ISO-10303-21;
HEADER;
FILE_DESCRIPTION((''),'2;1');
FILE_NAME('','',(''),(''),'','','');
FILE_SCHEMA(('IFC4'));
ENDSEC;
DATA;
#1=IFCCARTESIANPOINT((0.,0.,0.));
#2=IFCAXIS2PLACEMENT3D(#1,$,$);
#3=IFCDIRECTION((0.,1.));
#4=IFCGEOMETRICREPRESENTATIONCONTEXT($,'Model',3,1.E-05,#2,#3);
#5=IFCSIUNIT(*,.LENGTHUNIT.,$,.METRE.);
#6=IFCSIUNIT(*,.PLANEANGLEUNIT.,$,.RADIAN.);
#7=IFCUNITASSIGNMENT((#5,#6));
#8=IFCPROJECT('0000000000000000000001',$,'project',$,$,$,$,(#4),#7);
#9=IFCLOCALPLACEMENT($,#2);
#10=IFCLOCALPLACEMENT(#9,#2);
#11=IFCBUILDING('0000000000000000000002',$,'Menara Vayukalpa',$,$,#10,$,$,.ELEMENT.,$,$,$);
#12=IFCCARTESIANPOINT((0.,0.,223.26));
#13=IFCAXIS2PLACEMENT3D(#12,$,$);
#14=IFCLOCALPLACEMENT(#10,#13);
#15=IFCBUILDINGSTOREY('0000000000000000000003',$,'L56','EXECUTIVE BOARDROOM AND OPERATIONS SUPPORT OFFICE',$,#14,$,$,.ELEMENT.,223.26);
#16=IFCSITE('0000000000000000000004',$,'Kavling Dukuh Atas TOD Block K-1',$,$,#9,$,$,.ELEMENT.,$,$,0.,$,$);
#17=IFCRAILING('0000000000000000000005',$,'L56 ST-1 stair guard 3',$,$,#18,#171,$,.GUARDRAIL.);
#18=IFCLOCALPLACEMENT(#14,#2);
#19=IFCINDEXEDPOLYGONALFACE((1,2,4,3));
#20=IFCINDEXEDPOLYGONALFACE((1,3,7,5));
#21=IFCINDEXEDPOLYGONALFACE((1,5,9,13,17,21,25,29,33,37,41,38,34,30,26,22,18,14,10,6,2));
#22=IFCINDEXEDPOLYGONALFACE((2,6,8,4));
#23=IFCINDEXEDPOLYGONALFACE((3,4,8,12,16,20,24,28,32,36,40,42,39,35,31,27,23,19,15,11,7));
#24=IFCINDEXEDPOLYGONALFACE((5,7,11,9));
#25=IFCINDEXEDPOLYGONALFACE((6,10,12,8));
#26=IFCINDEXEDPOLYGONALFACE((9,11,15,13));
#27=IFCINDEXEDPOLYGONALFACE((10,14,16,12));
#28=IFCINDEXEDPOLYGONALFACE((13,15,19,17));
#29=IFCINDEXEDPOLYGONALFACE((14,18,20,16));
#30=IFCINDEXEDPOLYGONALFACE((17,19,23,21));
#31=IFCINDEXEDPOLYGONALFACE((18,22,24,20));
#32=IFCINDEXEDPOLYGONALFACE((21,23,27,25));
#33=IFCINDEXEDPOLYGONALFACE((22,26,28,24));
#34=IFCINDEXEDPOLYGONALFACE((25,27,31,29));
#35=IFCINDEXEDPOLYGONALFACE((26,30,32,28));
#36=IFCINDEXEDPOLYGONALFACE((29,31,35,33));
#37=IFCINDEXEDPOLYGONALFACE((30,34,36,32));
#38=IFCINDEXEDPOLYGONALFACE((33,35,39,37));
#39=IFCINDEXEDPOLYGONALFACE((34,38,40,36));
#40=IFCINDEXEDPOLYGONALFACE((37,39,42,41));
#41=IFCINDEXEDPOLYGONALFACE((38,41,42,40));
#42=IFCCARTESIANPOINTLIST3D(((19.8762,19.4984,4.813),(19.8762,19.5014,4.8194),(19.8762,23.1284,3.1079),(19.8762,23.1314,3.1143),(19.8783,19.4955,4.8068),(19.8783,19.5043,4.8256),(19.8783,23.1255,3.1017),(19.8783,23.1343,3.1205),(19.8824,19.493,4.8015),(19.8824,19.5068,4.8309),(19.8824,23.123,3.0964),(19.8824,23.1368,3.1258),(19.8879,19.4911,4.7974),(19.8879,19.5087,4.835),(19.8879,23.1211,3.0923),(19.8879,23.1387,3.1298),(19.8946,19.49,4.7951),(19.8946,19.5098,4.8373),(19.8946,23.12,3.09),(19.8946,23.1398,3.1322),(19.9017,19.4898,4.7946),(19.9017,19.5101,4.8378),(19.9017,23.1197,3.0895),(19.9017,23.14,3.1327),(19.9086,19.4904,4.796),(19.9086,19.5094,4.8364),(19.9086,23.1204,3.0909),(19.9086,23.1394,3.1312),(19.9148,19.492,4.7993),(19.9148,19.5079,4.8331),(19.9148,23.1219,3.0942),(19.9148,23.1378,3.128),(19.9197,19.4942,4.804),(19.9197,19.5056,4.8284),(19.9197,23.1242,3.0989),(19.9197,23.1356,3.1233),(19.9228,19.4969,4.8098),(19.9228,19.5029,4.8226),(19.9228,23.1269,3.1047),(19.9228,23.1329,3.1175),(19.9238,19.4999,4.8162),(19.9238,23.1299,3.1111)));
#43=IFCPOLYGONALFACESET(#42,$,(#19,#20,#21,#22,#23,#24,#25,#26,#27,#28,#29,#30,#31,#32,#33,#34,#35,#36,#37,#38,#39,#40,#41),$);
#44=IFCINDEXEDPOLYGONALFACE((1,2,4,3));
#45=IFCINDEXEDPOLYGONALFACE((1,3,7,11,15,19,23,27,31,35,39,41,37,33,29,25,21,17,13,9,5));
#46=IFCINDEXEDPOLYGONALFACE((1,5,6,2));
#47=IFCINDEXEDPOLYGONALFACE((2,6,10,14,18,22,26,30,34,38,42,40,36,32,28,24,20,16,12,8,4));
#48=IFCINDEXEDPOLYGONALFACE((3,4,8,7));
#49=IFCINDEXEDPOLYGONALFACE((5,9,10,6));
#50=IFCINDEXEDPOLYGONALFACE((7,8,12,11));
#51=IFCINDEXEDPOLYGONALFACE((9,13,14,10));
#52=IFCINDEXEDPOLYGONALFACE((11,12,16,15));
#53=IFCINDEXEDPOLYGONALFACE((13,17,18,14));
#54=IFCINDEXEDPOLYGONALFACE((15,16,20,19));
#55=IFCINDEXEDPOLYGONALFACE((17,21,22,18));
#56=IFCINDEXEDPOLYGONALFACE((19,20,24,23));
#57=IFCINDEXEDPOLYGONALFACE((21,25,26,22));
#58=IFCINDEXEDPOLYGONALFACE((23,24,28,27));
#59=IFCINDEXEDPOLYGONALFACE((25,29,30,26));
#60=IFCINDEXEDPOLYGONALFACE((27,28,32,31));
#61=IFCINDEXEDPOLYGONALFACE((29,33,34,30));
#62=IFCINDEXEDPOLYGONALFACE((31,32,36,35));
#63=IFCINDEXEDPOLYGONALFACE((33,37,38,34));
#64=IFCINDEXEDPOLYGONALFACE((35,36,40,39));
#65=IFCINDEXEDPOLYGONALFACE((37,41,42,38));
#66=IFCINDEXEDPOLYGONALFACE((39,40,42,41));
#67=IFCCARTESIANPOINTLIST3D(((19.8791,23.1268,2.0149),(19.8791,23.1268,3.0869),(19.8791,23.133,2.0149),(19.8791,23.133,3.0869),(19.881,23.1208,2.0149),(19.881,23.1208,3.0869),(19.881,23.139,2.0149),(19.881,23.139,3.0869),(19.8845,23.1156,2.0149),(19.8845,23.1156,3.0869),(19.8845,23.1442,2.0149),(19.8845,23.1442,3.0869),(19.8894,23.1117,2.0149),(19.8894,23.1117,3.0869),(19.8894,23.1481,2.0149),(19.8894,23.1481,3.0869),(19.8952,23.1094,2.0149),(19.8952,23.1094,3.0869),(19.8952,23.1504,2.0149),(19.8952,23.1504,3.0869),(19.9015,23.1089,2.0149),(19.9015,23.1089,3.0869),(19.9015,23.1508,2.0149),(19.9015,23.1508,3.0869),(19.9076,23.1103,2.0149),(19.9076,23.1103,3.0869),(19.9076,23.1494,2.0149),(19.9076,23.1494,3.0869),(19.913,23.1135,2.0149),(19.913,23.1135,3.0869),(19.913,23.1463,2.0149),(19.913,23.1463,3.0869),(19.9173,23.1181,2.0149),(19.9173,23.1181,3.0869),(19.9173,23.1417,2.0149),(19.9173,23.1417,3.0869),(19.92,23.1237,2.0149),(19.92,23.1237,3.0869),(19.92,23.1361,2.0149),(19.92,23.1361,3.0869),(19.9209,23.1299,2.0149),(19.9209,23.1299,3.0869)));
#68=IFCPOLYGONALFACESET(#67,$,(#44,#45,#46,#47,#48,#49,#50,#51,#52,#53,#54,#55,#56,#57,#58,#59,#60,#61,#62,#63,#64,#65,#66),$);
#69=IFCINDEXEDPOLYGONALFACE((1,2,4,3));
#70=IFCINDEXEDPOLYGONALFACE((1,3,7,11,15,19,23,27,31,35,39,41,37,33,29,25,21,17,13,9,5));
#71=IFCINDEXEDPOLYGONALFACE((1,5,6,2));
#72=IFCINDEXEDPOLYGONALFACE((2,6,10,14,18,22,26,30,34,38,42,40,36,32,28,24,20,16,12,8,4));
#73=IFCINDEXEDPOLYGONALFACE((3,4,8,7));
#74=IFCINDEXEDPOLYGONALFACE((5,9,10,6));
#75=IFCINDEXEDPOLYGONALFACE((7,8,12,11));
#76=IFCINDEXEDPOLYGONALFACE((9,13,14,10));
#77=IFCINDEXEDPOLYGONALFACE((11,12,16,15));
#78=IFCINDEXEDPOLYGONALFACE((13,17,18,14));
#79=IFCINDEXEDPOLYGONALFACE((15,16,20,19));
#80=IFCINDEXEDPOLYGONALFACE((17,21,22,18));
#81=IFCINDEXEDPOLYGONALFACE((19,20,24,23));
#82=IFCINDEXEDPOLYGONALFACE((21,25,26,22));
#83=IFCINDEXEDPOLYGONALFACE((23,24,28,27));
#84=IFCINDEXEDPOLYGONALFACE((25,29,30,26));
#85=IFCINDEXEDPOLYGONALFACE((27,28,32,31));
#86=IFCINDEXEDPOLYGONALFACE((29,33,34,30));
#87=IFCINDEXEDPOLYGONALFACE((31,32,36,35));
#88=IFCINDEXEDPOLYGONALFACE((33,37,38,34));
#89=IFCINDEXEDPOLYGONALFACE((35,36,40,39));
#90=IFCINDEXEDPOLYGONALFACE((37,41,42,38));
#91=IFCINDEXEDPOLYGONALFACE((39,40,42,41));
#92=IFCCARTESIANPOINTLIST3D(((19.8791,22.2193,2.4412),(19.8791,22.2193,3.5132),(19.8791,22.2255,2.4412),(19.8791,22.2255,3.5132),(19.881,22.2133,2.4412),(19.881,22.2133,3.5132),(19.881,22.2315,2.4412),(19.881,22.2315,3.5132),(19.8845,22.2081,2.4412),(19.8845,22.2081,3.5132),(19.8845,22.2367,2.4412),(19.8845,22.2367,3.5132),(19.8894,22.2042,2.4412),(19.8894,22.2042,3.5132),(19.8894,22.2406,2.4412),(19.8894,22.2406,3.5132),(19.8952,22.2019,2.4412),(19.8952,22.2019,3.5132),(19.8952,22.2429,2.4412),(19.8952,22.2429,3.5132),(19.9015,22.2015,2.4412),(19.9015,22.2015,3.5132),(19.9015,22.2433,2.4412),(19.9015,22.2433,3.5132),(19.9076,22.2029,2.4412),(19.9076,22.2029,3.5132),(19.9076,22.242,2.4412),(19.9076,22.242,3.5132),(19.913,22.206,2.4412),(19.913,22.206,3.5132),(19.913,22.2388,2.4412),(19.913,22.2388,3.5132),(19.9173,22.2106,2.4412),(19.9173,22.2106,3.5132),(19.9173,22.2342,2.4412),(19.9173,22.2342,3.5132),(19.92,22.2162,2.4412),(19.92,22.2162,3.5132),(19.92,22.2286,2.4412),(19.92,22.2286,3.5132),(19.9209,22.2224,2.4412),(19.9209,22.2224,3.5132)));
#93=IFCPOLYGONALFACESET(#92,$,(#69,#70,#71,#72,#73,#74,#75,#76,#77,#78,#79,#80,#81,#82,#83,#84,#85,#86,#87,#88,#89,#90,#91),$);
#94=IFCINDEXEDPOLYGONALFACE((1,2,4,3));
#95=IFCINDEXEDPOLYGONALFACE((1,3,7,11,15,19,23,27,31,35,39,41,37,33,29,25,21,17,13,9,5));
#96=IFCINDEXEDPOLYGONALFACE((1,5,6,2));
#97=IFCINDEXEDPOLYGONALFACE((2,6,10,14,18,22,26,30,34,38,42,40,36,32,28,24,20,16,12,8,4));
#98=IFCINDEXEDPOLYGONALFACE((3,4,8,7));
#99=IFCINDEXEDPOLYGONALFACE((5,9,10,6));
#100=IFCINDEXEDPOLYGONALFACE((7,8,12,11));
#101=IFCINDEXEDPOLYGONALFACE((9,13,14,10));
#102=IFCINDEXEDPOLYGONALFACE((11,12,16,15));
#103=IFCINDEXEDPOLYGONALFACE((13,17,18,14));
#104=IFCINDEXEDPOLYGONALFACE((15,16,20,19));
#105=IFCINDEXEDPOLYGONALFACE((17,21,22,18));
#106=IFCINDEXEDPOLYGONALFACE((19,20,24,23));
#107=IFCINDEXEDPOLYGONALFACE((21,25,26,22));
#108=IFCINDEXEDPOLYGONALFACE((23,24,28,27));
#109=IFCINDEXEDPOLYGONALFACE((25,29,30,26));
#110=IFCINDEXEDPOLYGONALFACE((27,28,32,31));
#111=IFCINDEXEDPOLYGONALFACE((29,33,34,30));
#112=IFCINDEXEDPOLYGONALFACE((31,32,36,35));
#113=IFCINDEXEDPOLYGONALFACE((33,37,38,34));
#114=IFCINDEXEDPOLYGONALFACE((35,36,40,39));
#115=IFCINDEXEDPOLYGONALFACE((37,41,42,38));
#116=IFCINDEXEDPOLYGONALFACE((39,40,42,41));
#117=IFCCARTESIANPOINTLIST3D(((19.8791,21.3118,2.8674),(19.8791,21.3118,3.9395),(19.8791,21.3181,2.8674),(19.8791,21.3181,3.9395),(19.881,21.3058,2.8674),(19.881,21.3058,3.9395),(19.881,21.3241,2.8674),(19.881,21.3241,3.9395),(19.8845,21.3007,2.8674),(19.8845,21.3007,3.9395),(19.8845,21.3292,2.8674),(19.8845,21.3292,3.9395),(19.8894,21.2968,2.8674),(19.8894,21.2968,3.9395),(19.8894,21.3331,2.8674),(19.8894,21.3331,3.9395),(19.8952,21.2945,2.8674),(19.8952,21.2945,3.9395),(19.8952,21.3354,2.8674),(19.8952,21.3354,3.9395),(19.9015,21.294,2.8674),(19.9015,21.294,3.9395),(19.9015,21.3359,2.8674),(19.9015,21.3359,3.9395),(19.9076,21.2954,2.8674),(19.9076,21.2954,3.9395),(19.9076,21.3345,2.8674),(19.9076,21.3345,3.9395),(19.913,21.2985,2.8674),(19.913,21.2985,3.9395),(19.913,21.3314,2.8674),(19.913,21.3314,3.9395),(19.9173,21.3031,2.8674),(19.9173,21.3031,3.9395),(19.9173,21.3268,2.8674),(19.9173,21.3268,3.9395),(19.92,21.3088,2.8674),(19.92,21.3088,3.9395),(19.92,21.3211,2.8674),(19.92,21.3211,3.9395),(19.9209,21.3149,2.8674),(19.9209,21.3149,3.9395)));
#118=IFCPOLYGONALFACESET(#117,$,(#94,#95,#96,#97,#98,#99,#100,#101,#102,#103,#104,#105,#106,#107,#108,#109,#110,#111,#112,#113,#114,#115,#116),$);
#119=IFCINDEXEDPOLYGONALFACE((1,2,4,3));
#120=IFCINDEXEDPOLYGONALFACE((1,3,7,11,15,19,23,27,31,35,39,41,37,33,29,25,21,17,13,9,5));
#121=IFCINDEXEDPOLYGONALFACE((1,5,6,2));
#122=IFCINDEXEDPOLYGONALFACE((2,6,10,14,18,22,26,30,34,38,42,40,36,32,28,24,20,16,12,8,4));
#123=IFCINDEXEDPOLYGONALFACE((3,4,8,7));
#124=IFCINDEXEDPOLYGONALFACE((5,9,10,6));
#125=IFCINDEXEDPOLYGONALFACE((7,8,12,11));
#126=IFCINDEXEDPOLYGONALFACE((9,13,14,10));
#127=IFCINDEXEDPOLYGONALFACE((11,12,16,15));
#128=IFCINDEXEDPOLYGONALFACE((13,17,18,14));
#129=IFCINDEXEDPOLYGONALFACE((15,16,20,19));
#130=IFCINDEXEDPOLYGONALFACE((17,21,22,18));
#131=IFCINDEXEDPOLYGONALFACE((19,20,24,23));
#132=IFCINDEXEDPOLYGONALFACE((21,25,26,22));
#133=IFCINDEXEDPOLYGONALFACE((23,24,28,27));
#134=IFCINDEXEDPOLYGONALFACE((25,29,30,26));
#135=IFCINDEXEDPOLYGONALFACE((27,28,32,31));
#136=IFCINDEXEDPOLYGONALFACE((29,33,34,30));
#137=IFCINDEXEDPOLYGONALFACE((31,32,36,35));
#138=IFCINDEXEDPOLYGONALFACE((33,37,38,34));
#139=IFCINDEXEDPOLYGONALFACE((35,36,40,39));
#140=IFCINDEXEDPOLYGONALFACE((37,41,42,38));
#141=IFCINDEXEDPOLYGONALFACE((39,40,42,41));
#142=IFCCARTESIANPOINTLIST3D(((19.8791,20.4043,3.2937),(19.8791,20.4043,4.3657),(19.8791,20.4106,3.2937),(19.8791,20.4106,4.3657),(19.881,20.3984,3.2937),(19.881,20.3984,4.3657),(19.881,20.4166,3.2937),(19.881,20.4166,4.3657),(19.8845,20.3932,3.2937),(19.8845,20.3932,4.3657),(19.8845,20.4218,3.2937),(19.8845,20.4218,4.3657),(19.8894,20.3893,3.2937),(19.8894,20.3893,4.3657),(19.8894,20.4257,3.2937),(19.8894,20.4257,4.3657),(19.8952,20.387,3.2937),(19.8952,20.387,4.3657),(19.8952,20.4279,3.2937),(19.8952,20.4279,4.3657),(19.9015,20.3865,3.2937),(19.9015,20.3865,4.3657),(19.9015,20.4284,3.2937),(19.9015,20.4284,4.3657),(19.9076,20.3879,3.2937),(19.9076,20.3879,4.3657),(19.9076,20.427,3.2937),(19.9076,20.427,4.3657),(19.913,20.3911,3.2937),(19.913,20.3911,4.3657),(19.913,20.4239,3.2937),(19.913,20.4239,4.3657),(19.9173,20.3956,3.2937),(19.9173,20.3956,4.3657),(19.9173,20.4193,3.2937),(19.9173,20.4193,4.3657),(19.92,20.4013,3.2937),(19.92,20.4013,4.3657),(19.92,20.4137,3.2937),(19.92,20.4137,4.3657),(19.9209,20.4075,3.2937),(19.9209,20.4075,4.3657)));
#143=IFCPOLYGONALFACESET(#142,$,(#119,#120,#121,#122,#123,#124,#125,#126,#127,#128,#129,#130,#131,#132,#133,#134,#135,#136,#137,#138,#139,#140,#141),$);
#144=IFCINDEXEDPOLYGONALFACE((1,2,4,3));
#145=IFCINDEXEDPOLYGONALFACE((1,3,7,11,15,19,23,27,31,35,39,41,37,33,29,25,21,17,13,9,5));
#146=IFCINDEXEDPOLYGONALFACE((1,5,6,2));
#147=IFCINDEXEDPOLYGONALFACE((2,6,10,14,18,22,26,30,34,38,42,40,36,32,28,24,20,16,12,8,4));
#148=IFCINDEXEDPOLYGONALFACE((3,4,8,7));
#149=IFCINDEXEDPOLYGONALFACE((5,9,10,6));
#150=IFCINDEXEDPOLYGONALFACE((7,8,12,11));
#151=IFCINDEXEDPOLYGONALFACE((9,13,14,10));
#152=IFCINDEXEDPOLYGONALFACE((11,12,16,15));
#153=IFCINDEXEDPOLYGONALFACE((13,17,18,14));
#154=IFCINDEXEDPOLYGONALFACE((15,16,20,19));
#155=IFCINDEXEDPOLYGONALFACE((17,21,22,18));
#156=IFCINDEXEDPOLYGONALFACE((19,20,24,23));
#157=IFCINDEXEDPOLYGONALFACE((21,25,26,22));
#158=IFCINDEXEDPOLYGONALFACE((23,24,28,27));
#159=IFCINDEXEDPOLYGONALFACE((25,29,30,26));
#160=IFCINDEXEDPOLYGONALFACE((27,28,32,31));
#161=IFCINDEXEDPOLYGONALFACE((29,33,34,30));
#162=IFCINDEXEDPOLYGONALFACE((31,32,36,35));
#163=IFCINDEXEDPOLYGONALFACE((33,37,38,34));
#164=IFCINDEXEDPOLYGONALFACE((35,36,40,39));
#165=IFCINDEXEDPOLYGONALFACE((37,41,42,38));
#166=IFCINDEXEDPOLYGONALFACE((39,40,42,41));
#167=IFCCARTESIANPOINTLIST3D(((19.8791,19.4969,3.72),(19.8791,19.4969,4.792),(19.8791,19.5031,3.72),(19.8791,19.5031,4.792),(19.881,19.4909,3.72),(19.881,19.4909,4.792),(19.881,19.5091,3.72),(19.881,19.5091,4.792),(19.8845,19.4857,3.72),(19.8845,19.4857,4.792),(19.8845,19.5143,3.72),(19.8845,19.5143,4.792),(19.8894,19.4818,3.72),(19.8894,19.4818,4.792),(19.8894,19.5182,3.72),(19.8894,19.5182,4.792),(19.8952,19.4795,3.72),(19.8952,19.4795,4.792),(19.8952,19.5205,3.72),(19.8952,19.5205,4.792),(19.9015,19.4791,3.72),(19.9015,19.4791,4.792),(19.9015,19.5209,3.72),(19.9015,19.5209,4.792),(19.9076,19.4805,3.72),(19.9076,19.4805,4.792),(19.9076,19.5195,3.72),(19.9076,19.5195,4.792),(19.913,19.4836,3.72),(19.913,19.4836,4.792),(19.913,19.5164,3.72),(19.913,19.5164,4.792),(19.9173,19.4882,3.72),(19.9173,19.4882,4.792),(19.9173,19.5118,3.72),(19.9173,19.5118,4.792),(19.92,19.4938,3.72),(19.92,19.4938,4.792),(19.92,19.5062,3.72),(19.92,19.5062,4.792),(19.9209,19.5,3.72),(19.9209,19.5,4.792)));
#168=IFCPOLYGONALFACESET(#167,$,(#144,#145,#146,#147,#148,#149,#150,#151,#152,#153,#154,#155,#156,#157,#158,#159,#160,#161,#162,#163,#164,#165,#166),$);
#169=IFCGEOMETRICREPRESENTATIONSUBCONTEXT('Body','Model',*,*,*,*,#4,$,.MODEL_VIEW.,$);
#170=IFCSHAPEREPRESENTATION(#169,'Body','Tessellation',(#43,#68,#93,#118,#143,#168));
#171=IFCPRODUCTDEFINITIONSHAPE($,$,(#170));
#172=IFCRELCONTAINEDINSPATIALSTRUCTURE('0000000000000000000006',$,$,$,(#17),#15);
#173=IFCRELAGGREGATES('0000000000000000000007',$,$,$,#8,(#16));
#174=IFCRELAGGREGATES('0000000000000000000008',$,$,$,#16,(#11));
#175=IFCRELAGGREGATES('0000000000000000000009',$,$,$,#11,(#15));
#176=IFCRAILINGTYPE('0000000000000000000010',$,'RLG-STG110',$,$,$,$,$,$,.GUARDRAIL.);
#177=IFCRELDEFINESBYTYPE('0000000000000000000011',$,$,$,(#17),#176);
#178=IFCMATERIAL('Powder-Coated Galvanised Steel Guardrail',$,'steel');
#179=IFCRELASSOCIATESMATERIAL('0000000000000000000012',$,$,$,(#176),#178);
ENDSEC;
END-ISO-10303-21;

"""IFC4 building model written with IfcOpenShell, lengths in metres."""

from ifc_helpers import new_model, si_unit, direction, frame, origin, origin_2d, place, context, subcontext, project, spatial, circle, extrude, material, type_object, element, save


model = new_model("IFC4")

# Units and contexts
model_context = context("Model", 3, precision=1e-05, world=origin(), true_north=direction((0.0, 1.0)))
body_context = subcontext(model_context, "Body", "Model", "MODEL_VIEW")
ifc_project = project(units=[si_unit("LENGTHUNIT", "METRE"), si_unit("PLANEANGLEUNIT", "RADIAN")], contexts=[model_context])

# Site, building, storey
site_placement = place(None, origin())
site = spatial("IfcSite", under=ifc_project, at=site_placement, Name="Kavling Dukuh Atas TOD Block K-1", CompositionType="ELEMENT", RefElevation=0.0)
building_placement = place(site_placement, origin())
building = spatial("IfcBuilding", under=site, at=building_placement, Name="Menara Vayukalpa", CompositionType="ELEMENT")
storey_placement = place(building_placement, frame((0.0, 0.0, 223.26)))
storey = spatial("IfcBuildingStorey", under=building, at=storey_placement, Name="L56", Description="EXECUTIVE BOARDROOM AND OPERATIONS SUPPORT OFFICE", CompositionType="ELEMENT", Elevation=223.26)

# Railing
ifc_material_1 = material(Name="Powder-Coated Galvanised Steel Guardrail", Category="steel")
railing_type_1 = type_object("IfcRailingType", Name="RLG-STG110", PredefinedType="GUARDRAIL", material=ifc_material_1)
railing_1_placement = place(storey_placement, frame((19.8999, 23.1299, 2.0149)))
element("IfcRailing", 1, at=railing_1_placement, inside=storey, type_object=railing_type_1, Name="L56 ST-1 stair guard 3", PredefinedType="GUARDRAIL", context=body_context, shape_type="SweptSolid", body=[
    extrude(circle(Radius=0.0239, at=origin_2d()), frame((0.0, 0.0, 1.0962), z_axis=(0.0, -0.905116, 0.425164), x_axis=(1.0, 0.0, 0.0)), (0.0, 0.0, 1.0), 4.0105),
    extrude(circle(Radius=0.021, at=origin_2d()), origin(), (0.0, 0.0, 1.0), 1.072),
    extrude(circle(Radius=0.021, at=origin_2d()), frame((0.0, -0.9075, 0.4263)), (0.0, 0.0, 1.0), 1.072),
    extrude(circle(Radius=0.021, at=origin_2d()), frame((0.0, -1.8149, 0.8525)), (0.0, 0.0, 1.0), 1.072),
    extrude(circle(Radius=0.021, at=origin_2d()), frame((0.0, -2.7224, 1.2788)), (0.0, 0.0, 1.0), 1.072),
    extrude(circle(Radius=0.021, at=origin_2d()), frame((0.0, -3.6299, 1.7051)), (0.0, 0.0, 1.0), 1.072),
])

save(model, "model.ifc")
